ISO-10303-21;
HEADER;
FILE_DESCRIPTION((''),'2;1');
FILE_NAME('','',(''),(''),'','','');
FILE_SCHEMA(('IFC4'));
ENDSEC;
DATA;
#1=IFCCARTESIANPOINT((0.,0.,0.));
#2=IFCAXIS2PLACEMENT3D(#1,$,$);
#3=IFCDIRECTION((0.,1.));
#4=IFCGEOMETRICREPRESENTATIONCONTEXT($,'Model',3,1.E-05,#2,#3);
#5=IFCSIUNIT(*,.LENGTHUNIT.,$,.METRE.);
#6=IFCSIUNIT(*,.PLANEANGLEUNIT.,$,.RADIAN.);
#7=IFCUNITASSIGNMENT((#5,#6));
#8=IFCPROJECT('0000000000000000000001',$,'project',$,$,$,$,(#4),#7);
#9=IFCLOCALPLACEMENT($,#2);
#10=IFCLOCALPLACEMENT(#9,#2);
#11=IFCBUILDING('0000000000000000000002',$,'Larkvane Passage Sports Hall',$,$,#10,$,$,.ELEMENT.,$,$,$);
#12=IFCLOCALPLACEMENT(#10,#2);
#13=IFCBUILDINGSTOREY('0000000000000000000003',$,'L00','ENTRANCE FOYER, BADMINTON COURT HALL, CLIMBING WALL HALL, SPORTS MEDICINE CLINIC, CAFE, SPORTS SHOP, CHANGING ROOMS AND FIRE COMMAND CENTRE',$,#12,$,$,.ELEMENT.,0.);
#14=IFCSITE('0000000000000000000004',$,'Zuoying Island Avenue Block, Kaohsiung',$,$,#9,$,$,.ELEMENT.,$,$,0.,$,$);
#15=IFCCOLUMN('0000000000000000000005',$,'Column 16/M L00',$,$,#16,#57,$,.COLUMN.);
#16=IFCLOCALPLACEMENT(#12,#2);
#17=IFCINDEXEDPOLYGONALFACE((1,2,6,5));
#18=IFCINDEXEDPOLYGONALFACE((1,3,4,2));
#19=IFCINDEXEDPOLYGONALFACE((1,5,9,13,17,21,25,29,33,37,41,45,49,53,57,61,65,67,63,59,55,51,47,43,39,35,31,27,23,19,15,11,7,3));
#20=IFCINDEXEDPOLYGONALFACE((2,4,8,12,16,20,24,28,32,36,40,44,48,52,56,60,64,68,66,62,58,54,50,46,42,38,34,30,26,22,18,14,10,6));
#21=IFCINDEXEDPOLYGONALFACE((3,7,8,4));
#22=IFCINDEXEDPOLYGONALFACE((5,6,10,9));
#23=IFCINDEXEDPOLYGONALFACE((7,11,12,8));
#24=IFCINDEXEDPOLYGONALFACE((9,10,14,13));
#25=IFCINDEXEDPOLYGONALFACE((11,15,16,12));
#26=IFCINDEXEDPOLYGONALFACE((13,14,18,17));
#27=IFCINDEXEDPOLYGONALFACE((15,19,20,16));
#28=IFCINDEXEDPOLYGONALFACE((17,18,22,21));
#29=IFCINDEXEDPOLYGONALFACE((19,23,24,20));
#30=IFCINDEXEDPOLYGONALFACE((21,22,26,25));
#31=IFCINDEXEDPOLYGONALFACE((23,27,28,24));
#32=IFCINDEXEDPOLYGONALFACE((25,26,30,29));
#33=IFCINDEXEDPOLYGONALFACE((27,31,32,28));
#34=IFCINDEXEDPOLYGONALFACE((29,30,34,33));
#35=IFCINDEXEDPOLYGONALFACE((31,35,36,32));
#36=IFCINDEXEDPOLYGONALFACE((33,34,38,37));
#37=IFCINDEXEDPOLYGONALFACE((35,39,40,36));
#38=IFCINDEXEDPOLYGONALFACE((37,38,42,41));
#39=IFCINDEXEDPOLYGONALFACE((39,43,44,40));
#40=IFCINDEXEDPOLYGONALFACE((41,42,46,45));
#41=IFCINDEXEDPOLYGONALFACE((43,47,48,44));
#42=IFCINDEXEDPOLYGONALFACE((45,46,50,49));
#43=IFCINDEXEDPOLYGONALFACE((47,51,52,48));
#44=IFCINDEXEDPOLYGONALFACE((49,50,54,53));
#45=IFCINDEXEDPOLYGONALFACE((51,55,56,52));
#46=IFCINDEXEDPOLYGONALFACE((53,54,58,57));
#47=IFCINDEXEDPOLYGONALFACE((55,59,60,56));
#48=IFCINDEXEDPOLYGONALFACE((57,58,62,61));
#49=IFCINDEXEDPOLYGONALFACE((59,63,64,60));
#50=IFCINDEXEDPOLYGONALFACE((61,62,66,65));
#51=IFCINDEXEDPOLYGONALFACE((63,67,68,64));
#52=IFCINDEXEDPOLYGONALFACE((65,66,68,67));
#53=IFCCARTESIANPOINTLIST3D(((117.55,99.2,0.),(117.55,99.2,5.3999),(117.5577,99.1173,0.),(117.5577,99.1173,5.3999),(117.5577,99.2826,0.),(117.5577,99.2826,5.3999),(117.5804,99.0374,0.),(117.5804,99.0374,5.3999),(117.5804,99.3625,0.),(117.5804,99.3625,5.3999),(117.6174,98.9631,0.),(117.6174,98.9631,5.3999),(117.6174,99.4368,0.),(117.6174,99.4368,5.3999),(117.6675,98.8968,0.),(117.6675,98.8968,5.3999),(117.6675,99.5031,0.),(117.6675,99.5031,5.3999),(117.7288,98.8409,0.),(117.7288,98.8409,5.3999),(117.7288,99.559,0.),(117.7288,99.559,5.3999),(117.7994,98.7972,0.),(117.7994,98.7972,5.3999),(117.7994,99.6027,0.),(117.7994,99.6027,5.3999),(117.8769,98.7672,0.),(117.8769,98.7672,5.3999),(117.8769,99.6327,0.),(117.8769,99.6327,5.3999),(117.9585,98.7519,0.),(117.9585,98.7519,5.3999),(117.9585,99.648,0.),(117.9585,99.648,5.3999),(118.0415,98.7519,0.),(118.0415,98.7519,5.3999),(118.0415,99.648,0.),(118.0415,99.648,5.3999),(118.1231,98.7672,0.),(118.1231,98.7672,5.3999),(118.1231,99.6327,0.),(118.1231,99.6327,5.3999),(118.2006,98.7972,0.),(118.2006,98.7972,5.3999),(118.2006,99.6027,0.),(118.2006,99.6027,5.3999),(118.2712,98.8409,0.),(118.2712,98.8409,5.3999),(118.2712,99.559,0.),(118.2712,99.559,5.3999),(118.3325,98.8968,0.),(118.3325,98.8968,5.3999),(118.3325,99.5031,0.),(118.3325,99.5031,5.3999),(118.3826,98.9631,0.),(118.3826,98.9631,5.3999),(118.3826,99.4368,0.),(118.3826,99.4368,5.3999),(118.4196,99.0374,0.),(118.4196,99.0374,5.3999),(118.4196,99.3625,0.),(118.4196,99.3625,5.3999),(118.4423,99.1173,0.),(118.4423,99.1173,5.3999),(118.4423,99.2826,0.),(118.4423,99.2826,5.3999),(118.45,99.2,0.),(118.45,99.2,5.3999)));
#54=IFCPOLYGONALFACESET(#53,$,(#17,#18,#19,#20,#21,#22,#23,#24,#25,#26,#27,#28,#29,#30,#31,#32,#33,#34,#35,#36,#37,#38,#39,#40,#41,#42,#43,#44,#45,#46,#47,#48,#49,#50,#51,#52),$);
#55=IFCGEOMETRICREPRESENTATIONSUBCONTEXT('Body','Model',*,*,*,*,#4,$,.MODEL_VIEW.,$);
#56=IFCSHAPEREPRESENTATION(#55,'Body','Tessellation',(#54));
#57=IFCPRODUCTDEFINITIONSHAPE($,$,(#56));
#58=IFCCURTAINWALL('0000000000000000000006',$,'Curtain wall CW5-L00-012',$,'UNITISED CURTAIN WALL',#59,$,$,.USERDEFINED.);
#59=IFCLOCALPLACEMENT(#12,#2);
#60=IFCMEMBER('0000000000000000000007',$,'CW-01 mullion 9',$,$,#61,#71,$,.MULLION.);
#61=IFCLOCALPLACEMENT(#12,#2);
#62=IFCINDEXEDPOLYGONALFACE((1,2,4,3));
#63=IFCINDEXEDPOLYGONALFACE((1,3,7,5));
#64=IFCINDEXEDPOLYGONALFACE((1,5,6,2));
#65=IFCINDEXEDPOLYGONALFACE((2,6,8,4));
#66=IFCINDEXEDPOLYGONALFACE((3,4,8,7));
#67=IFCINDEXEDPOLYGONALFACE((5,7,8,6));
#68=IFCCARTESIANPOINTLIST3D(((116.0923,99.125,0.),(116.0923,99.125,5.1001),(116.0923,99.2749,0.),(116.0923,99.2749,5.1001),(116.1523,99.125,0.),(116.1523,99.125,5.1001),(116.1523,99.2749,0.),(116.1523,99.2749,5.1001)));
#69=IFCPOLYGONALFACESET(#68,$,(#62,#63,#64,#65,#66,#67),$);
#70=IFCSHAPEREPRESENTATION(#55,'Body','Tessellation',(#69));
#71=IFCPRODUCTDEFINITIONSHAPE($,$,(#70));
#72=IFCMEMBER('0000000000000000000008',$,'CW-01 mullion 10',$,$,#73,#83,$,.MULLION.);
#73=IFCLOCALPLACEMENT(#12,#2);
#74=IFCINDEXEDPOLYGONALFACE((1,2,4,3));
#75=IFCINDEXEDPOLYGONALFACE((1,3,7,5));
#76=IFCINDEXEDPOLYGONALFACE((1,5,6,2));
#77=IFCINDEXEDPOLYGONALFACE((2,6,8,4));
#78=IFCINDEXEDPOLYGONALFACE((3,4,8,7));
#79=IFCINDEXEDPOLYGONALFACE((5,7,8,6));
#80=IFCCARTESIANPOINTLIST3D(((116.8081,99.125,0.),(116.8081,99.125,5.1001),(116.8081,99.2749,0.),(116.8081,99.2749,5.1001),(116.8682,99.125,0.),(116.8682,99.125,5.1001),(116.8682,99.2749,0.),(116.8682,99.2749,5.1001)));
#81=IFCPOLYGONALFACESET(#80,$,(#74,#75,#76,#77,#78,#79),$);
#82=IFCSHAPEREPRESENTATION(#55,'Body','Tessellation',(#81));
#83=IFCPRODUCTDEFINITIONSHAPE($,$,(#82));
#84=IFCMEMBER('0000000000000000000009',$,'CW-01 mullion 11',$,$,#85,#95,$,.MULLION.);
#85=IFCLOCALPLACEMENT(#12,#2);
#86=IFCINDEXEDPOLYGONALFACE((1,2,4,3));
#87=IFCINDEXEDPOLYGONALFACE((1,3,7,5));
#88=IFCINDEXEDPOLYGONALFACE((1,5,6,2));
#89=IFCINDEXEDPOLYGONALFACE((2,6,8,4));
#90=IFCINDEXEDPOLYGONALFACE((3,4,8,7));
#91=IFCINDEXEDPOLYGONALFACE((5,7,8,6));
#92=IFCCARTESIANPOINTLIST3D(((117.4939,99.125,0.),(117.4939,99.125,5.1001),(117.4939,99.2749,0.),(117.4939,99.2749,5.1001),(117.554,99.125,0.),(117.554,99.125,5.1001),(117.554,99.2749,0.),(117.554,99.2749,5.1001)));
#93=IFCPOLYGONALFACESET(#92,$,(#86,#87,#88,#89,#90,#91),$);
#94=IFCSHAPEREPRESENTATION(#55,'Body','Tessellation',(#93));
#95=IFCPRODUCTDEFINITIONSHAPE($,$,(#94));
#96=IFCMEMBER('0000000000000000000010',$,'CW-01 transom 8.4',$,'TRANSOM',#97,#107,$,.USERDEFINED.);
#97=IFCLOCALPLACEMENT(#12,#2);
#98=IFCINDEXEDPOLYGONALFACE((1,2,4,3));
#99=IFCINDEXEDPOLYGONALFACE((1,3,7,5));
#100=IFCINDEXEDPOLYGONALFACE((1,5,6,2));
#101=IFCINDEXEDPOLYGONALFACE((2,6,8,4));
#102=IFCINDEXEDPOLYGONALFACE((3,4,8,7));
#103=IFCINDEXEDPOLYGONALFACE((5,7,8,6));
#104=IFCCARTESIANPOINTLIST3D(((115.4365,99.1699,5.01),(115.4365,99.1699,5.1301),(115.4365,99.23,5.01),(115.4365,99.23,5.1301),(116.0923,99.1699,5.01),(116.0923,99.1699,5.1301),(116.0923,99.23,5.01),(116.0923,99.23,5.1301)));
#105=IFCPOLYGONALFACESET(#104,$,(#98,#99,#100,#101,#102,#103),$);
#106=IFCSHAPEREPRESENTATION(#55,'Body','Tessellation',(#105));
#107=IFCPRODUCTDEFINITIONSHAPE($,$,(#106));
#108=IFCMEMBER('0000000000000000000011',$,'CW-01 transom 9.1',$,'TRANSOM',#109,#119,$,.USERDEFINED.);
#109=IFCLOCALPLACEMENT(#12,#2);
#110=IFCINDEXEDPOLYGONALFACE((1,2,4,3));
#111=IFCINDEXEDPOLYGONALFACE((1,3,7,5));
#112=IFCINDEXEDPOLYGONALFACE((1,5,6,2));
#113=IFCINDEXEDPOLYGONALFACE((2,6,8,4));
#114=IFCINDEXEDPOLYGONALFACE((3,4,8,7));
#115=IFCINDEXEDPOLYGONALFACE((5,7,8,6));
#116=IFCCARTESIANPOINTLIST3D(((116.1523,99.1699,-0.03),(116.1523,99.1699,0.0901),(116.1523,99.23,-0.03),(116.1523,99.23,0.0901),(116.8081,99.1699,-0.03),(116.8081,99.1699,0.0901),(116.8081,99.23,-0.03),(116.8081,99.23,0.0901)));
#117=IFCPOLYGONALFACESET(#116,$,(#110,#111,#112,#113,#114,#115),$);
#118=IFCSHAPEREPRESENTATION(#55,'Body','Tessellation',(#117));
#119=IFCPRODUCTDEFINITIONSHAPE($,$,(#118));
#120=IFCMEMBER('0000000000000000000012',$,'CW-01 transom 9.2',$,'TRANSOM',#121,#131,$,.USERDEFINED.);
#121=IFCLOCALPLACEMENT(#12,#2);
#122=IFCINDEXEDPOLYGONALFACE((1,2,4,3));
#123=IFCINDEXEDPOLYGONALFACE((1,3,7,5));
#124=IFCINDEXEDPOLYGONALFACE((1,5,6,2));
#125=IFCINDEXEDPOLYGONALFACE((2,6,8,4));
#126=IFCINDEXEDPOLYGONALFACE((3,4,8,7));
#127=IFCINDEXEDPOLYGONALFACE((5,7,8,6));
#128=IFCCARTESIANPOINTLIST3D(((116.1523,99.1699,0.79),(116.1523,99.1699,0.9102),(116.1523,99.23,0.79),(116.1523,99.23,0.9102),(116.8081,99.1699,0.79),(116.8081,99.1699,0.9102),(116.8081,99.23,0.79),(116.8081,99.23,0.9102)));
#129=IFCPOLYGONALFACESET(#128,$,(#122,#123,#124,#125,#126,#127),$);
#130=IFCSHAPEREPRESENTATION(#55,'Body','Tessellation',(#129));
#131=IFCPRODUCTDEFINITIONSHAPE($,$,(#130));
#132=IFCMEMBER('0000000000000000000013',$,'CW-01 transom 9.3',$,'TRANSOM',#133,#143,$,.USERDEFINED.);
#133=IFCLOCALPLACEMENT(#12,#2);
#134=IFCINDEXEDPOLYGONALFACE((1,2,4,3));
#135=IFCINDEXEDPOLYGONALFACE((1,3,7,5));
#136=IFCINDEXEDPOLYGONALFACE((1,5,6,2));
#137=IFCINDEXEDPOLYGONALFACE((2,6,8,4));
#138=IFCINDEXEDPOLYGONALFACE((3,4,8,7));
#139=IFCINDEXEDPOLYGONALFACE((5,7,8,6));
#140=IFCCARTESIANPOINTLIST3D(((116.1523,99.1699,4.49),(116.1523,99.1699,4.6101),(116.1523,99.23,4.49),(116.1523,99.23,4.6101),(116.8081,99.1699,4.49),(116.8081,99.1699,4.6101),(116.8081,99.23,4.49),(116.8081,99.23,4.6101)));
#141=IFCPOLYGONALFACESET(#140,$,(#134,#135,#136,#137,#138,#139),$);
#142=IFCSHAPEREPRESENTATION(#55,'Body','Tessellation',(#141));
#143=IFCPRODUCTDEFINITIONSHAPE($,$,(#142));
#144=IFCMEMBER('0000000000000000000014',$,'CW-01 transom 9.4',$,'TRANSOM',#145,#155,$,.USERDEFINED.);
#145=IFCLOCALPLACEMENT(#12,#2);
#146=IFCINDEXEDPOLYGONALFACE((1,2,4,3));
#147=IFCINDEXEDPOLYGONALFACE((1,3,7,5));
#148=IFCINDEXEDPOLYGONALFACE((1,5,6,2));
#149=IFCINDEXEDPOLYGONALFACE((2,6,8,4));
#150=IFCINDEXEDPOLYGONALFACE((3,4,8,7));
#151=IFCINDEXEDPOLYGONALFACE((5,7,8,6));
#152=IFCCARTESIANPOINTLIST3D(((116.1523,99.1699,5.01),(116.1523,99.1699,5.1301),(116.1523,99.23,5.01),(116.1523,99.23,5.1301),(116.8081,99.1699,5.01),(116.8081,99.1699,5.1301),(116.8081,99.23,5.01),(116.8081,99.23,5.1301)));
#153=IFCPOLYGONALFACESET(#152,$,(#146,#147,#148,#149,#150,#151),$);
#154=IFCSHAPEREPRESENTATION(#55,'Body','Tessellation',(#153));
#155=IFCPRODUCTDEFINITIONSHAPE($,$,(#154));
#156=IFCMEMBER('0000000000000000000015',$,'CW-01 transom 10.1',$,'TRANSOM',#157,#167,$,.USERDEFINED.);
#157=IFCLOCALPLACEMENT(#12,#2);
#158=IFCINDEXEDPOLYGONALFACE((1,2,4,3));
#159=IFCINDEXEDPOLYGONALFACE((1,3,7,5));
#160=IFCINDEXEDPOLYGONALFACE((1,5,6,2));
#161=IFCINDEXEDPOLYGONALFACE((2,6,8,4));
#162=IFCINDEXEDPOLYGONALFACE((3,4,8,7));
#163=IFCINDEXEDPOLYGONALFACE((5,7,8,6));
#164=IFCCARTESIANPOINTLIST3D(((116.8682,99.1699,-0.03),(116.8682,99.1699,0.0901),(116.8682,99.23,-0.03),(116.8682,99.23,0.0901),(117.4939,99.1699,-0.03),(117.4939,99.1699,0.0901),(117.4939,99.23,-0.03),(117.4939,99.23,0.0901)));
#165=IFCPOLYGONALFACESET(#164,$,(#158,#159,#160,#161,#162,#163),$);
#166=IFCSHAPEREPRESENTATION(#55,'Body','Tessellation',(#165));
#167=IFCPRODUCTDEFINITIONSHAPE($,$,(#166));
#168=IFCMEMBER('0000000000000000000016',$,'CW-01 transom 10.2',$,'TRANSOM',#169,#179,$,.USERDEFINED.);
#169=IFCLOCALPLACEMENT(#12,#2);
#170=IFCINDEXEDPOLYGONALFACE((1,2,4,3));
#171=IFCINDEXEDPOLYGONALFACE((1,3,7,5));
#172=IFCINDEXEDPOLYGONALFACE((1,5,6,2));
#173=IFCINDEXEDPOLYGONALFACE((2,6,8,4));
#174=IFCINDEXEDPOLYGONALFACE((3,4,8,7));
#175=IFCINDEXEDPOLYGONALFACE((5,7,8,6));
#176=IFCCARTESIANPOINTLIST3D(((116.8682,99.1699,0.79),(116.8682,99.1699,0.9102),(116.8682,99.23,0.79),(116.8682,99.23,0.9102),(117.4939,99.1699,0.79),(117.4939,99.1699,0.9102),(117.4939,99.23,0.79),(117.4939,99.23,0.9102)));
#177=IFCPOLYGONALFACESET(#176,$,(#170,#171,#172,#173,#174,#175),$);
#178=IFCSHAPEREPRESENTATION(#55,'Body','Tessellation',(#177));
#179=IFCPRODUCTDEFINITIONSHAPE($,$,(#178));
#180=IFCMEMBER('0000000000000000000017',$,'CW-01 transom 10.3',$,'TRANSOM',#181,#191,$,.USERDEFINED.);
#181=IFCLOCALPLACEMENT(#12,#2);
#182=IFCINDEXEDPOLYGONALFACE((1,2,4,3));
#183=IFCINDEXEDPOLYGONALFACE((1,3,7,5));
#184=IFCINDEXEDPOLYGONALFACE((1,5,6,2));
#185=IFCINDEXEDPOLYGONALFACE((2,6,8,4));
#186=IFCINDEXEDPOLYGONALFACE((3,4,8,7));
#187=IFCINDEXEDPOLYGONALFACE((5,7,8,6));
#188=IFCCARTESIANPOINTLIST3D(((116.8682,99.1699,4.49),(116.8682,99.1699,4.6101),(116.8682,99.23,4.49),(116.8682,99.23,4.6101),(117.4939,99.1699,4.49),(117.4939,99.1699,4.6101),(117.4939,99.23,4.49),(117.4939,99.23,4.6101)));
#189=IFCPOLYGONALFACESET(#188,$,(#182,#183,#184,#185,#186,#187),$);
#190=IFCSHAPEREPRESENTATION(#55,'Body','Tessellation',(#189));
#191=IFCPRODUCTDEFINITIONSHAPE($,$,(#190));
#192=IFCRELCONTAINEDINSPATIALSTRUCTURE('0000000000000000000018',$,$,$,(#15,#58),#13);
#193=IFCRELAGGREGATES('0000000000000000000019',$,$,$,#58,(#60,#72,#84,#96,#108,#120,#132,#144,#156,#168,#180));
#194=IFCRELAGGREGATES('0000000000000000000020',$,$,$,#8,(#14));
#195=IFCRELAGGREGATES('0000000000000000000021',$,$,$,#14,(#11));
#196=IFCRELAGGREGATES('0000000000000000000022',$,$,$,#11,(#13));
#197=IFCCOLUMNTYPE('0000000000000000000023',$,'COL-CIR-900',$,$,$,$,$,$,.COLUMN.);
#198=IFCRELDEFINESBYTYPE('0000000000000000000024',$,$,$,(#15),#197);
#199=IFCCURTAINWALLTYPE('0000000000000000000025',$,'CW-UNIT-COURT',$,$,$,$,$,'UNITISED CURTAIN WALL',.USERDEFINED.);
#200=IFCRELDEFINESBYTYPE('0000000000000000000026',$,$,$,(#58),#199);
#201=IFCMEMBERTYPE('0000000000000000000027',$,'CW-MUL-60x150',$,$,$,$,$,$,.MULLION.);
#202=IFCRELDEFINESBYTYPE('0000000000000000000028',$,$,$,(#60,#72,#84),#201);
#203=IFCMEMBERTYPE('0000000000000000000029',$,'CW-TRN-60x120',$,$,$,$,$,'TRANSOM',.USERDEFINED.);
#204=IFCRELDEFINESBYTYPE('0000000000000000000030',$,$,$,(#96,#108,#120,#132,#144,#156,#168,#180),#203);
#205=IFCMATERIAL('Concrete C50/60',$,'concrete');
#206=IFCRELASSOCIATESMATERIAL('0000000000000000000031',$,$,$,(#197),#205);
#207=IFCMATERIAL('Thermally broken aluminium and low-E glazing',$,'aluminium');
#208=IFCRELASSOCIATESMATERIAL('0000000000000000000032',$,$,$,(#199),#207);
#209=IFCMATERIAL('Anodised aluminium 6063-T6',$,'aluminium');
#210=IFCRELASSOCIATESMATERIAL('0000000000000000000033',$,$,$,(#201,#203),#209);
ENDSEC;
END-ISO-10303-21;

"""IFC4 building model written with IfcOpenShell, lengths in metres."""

from ifc_helpers import new_model, si_unit, direction, frame, origin, origin_2d, place, context, subcontext, project, spatial, rectangle, circle, extrude, material, material_profile, profile_set, type_object, element, aggregate, save


model = new_model("IFC4")

# Units and contexts
model_context = context("Model", 3, precision=1e-05, world=origin(), true_north=direction((0.0, 1.0)))
body_context = subcontext(model_context, "Body", "Model", "MODEL_VIEW")
ifc_project = project(units=[si_unit("LENGTHUNIT", "METRE"), si_unit("PLANEANGLEUNIT", "RADIAN")], contexts=[model_context])

# Site, building, storey
site_placement = place(None, origin())
site = spatial("IfcSite", under=ifc_project, at=site_placement, Name="Zuoying Island Avenue Block, Kaohsiung", CompositionType="ELEMENT", RefElevation=0.0)
building_placement = place(site_placement, origin())
building = spatial("IfcBuilding", under=site, at=building_placement, Name="Larkvane Passage Sports Hall", CompositionType="ELEMENT")
storey_placement = place(building_placement, origin())
storey = spatial("IfcBuildingStorey", under=building, at=storey_placement, Name="L00", Description="ENTRANCE FOYER, BADMINTON COURT HALL, CLIMBING WALL HALL, SPORTS MEDICINE CLINIC, CAFE, SPORTS SHOP, CHANGING ROOMS AND FIRE COMMAND CENTRE", CompositionType="ELEMENT", Elevation=0.0)

# Column
ifc_material_1 = material(Name="Concrete C50/60", Category="concrete")
ifc_material_profile_1 = material_profile(ifc_material_1, circle(Radius=0.45, at=origin_2d()), Name="RC-CIR-900")
ifc_profile_set_1 = profile_set([ifc_material_profile_1], Name="Concrete C50/60")
column_type = type_object("IfcColumnType", Name="COL-CIR-900", PredefinedType="COLUMN", material=ifc_profile_set_1)
column_placement = place(storey_placement, frame((118.0, 99.2, 0.0), z_axis=(0.0, 0.0, 1.0), x_axis=(1.0, 0.0, 0.0)))
element("IfcColumn", 1, at=column_placement, inside=storey, type_object=column_type, Name="Column 16/M L00", PredefinedType="COLUMN", context=body_context, shape_type="SweptSolid", body=[
    extrude(circle(Radius=0.45, at=origin_2d()), origin(), (0.0, 0.0, 1.0), 5.3999),
])

# Curtain wall, members
ifc_material_2 = material(Name="Thermally broken aluminium and low-E glazing", Category="aluminium")
curtain_wall_type = type_object("IfcCurtainWallType", Name="CW-UNIT-COURT", ElementType="UNITISED CURTAIN WALL", PredefinedType="USERDEFINED", material=ifc_material_2)
curtain_wall_placement = place(storey_placement, origin())
curtain_wall = element("IfcCurtainWall", 2, at=curtain_wall_placement, inside=storey, type_object=curtain_wall_type, Name="Curtain wall CW5-L00-012", ObjectType="UNITISED CURTAIN WALL", PredefinedType="USERDEFINED")
ifc_material_3 = material(Name="Anodised aluminium 6063-T6", Category="aluminium")
ifc_material_profile_2 = material_profile(ifc_material_3, rectangle(XDim=0.0601, YDim=0.1499, at=origin_2d()), Name="ALU-MUL-60x150")
ifc_profile_set_2 = profile_set([ifc_material_profile_2], Name="Anodised aluminium 6063-T6")
member_type_1 = type_object("IfcMemberType", Name="CW-MUL-60x150", PredefinedType="MULLION", material=ifc_profile_set_2)
member_1_placement = place(storey_placement, frame((116.1223, 99.2, 0.0), z_axis=(0.0, 0.0, 1.0), x_axis=(1.0, 0.0, 0.0)))
member_1 = element("IfcMember", 3, at=member_1_placement, type_object=member_type_1, Name="CW-01 mullion 9", PredefinedType="MULLION", context=body_context, shape_type="SweptSolid", body=[
    extrude(rectangle(XDim=0.0601, YDim=0.1499, at=origin_2d()), origin(), (0.0, 0.0, 1.0), 5.1001),
])
member_2_placement = place(storey_placement, frame((116.8381, 99.2, 0.0), z_axis=(0.0, 0.0, 1.0), x_axis=(1.0, 0.0, 0.0)))
member_2 = element("IfcMember", 4, at=member_2_placement, type_object=member_type_1, Name="CW-01 mullion 10", PredefinedType="MULLION", context=body_context, shape_type="SweptSolid", body=[
    extrude(rectangle(XDim=0.0601, YDim=0.1499, at=origin_2d()), origin(), (0.0, 0.0, 1.0), 5.1001),
])
member_3_placement = place(storey_placement, frame((117.5239, 99.2, 0.0), z_axis=(0.0, 0.0, 1.0), x_axis=(1.0, 0.0, 0.0)))
member_3 = element("IfcMember", 5, at=member_3_placement, type_object=member_type_1, Name="CW-01 mullion 11", PredefinedType="MULLION", context=body_context, shape_type="SweptSolid", body=[
    extrude(rectangle(XDim=0.0601, YDim=0.1499, at=origin_2d()), origin(), (0.0, 0.0, 1.0), 5.1001),
])
ifc_material_profile_3 = material_profile(ifc_material_3, rectangle(XDim=0.0601, YDim=0.1201, at=origin_2d()), Name="ALU-TRN-60x120")
ifc_profile_set_3 = profile_set([ifc_material_profile_3], Name="Anodised aluminium 6063-T6")
member_type_2 = type_object("IfcMemberType", Name="CW-TRN-60x120", ElementType="TRANSOM", PredefinedType="USERDEFINED", material=ifc_profile_set_3)
member_4_placement = place(storey_placement, frame((115.4365, 99.2, 5.0701), z_axis=(1.0, 0.0, 0.0), x_axis=(0.0, 1.0, 0.0)))
member_4 = element("IfcMember", 6, at=member_4_placement, type_object=member_type_2, Name="CW-01 transom 8.4", ObjectType="TRANSOM", PredefinedType="USERDEFINED", context=body_context, shape_type="SweptSolid", body=[
    extrude(rectangle(XDim=0.0601, YDim=0.1201, at=origin_2d()), origin(), (0.0, 0.0, 1.0), 0.6558),
])
member_5_placement = place(storey_placement, frame((116.1523, 99.2, 0.03), z_axis=(1.0, 0.0, 0.0), x_axis=(0.0, 1.0, 0.0)))
member_5 = element("IfcMember", 7, at=member_5_placement, type_object=member_type_2, Name="CW-01 transom 9.1", ObjectType="TRANSOM", PredefinedType="USERDEFINED", context=body_context, shape_type="SweptSolid", body=[
    extrude(rectangle(XDim=0.0601, YDim=0.1201, at=origin_2d()), origin(), (0.0, 0.0, 1.0), 0.6558),
])
member_6_placement = place(storey_placement, frame((116.1523, 99.2, 0.8501), z_axis=(1.0, 0.0, 0.0), x_axis=(0.0, 1.0, 0.0)))
member_6 = element("IfcMember", 8, at=member_6_placement, type_object=member_type_2, Name="CW-01 transom 9.2", ObjectType="TRANSOM", PredefinedType="USERDEFINED", context=body_context, shape_type="SweptSolid", body=[
    extrude(rectangle(XDim=0.0601, YDim=0.1201, at=origin_2d()), origin(), (0.0, 0.0, 1.0), 0.6558),
])
member_7_placement = place(storey_placement, frame((116.1523, 99.2, 4.55), z_axis=(1.0, 0.0, 0.0), x_axis=(0.0, 1.0, 0.0)))
member_7 = element("IfcMember", 9, at=member_7_placement, type_object=member_type_2, Name="CW-01 transom 9.3", ObjectType="TRANSOM", PredefinedType="USERDEFINED", context=body_context, shape_type="SweptSolid", body=[
    extrude(rectangle(XDim=0.0601, YDim=0.1201, at=origin_2d()), origin(), (0.0, 0.0, 1.0), 0.6558),
])
member_8_placement = place(storey_placement, frame((116.1523, 99.2, 5.0701), z_axis=(1.0, 0.0, 0.0), x_axis=(0.0, 1.0, 0.0)))
member_8 = element("IfcMember", 10, at=member_8_placement, type_object=member_type_2, Name="CW-01 transom 9.4", ObjectType="TRANSOM", PredefinedType="USERDEFINED", context=body_context, shape_type="SweptSolid", body=[
    extrude(rectangle(XDim=0.0601, YDim=0.1201, at=origin_2d()), origin(), (0.0, 0.0, 1.0), 0.6558),
])
member_9_placement = place(storey_placement, frame((116.8682, 99.2, 0.03), z_axis=(1.0, 0.0, 0.0), x_axis=(0.0, 1.0, 0.0)))
member_9 = element("IfcMember", 11, at=member_9_placement, type_object=member_type_2, Name="CW-01 transom 10.1", ObjectType="TRANSOM", PredefinedType="USERDEFINED", context=body_context, shape_type="SweptSolid", body=[
    extrude(rectangle(XDim=0.0601, YDim=0.1201, at=origin_2d()), origin(), (0.0, 0.0, 1.0), 0.6257),
])
member_10_placement = place(storey_placement, frame((116.8682, 99.2, 0.8501), z_axis=(1.0, 0.0, 0.0), x_axis=(0.0, 1.0, 0.0)))
member_10 = element("IfcMember", 12, at=member_10_placement, type_object=member_type_2, Name="CW-01 transom 10.2", ObjectType="TRANSOM", PredefinedType="USERDEFINED", context=body_context, shape_type="SweptSolid", body=[
    extrude(rectangle(XDim=0.0601, YDim=0.1201, at=origin_2d()), origin(), (0.0, 0.0, 1.0), 0.6257),
])
member_11_placement = place(storey_placement, frame((116.8682, 99.2, 4.55), z_axis=(1.0, 0.0, 0.0), x_axis=(0.0, 1.0, 0.0)))
member_11 = element("IfcMember", 13, at=member_11_placement, type_object=member_type_2, Name="CW-01 transom 10.3", ObjectType="TRANSOM", PredefinedType="USERDEFINED", context=body_context, shape_type="SweptSolid", body=[
    extrude(rectangle(XDim=0.0601, YDim=0.1201, at=origin_2d()), origin(), (0.0, 0.0, 1.0), 0.6257),
])
aggregate(curtain_wall, [member_1, member_2, member_3, member_4, member_5, member_6, member_7, member_8, member_9, member_10, member_11])

save(model, "model.ifc")
